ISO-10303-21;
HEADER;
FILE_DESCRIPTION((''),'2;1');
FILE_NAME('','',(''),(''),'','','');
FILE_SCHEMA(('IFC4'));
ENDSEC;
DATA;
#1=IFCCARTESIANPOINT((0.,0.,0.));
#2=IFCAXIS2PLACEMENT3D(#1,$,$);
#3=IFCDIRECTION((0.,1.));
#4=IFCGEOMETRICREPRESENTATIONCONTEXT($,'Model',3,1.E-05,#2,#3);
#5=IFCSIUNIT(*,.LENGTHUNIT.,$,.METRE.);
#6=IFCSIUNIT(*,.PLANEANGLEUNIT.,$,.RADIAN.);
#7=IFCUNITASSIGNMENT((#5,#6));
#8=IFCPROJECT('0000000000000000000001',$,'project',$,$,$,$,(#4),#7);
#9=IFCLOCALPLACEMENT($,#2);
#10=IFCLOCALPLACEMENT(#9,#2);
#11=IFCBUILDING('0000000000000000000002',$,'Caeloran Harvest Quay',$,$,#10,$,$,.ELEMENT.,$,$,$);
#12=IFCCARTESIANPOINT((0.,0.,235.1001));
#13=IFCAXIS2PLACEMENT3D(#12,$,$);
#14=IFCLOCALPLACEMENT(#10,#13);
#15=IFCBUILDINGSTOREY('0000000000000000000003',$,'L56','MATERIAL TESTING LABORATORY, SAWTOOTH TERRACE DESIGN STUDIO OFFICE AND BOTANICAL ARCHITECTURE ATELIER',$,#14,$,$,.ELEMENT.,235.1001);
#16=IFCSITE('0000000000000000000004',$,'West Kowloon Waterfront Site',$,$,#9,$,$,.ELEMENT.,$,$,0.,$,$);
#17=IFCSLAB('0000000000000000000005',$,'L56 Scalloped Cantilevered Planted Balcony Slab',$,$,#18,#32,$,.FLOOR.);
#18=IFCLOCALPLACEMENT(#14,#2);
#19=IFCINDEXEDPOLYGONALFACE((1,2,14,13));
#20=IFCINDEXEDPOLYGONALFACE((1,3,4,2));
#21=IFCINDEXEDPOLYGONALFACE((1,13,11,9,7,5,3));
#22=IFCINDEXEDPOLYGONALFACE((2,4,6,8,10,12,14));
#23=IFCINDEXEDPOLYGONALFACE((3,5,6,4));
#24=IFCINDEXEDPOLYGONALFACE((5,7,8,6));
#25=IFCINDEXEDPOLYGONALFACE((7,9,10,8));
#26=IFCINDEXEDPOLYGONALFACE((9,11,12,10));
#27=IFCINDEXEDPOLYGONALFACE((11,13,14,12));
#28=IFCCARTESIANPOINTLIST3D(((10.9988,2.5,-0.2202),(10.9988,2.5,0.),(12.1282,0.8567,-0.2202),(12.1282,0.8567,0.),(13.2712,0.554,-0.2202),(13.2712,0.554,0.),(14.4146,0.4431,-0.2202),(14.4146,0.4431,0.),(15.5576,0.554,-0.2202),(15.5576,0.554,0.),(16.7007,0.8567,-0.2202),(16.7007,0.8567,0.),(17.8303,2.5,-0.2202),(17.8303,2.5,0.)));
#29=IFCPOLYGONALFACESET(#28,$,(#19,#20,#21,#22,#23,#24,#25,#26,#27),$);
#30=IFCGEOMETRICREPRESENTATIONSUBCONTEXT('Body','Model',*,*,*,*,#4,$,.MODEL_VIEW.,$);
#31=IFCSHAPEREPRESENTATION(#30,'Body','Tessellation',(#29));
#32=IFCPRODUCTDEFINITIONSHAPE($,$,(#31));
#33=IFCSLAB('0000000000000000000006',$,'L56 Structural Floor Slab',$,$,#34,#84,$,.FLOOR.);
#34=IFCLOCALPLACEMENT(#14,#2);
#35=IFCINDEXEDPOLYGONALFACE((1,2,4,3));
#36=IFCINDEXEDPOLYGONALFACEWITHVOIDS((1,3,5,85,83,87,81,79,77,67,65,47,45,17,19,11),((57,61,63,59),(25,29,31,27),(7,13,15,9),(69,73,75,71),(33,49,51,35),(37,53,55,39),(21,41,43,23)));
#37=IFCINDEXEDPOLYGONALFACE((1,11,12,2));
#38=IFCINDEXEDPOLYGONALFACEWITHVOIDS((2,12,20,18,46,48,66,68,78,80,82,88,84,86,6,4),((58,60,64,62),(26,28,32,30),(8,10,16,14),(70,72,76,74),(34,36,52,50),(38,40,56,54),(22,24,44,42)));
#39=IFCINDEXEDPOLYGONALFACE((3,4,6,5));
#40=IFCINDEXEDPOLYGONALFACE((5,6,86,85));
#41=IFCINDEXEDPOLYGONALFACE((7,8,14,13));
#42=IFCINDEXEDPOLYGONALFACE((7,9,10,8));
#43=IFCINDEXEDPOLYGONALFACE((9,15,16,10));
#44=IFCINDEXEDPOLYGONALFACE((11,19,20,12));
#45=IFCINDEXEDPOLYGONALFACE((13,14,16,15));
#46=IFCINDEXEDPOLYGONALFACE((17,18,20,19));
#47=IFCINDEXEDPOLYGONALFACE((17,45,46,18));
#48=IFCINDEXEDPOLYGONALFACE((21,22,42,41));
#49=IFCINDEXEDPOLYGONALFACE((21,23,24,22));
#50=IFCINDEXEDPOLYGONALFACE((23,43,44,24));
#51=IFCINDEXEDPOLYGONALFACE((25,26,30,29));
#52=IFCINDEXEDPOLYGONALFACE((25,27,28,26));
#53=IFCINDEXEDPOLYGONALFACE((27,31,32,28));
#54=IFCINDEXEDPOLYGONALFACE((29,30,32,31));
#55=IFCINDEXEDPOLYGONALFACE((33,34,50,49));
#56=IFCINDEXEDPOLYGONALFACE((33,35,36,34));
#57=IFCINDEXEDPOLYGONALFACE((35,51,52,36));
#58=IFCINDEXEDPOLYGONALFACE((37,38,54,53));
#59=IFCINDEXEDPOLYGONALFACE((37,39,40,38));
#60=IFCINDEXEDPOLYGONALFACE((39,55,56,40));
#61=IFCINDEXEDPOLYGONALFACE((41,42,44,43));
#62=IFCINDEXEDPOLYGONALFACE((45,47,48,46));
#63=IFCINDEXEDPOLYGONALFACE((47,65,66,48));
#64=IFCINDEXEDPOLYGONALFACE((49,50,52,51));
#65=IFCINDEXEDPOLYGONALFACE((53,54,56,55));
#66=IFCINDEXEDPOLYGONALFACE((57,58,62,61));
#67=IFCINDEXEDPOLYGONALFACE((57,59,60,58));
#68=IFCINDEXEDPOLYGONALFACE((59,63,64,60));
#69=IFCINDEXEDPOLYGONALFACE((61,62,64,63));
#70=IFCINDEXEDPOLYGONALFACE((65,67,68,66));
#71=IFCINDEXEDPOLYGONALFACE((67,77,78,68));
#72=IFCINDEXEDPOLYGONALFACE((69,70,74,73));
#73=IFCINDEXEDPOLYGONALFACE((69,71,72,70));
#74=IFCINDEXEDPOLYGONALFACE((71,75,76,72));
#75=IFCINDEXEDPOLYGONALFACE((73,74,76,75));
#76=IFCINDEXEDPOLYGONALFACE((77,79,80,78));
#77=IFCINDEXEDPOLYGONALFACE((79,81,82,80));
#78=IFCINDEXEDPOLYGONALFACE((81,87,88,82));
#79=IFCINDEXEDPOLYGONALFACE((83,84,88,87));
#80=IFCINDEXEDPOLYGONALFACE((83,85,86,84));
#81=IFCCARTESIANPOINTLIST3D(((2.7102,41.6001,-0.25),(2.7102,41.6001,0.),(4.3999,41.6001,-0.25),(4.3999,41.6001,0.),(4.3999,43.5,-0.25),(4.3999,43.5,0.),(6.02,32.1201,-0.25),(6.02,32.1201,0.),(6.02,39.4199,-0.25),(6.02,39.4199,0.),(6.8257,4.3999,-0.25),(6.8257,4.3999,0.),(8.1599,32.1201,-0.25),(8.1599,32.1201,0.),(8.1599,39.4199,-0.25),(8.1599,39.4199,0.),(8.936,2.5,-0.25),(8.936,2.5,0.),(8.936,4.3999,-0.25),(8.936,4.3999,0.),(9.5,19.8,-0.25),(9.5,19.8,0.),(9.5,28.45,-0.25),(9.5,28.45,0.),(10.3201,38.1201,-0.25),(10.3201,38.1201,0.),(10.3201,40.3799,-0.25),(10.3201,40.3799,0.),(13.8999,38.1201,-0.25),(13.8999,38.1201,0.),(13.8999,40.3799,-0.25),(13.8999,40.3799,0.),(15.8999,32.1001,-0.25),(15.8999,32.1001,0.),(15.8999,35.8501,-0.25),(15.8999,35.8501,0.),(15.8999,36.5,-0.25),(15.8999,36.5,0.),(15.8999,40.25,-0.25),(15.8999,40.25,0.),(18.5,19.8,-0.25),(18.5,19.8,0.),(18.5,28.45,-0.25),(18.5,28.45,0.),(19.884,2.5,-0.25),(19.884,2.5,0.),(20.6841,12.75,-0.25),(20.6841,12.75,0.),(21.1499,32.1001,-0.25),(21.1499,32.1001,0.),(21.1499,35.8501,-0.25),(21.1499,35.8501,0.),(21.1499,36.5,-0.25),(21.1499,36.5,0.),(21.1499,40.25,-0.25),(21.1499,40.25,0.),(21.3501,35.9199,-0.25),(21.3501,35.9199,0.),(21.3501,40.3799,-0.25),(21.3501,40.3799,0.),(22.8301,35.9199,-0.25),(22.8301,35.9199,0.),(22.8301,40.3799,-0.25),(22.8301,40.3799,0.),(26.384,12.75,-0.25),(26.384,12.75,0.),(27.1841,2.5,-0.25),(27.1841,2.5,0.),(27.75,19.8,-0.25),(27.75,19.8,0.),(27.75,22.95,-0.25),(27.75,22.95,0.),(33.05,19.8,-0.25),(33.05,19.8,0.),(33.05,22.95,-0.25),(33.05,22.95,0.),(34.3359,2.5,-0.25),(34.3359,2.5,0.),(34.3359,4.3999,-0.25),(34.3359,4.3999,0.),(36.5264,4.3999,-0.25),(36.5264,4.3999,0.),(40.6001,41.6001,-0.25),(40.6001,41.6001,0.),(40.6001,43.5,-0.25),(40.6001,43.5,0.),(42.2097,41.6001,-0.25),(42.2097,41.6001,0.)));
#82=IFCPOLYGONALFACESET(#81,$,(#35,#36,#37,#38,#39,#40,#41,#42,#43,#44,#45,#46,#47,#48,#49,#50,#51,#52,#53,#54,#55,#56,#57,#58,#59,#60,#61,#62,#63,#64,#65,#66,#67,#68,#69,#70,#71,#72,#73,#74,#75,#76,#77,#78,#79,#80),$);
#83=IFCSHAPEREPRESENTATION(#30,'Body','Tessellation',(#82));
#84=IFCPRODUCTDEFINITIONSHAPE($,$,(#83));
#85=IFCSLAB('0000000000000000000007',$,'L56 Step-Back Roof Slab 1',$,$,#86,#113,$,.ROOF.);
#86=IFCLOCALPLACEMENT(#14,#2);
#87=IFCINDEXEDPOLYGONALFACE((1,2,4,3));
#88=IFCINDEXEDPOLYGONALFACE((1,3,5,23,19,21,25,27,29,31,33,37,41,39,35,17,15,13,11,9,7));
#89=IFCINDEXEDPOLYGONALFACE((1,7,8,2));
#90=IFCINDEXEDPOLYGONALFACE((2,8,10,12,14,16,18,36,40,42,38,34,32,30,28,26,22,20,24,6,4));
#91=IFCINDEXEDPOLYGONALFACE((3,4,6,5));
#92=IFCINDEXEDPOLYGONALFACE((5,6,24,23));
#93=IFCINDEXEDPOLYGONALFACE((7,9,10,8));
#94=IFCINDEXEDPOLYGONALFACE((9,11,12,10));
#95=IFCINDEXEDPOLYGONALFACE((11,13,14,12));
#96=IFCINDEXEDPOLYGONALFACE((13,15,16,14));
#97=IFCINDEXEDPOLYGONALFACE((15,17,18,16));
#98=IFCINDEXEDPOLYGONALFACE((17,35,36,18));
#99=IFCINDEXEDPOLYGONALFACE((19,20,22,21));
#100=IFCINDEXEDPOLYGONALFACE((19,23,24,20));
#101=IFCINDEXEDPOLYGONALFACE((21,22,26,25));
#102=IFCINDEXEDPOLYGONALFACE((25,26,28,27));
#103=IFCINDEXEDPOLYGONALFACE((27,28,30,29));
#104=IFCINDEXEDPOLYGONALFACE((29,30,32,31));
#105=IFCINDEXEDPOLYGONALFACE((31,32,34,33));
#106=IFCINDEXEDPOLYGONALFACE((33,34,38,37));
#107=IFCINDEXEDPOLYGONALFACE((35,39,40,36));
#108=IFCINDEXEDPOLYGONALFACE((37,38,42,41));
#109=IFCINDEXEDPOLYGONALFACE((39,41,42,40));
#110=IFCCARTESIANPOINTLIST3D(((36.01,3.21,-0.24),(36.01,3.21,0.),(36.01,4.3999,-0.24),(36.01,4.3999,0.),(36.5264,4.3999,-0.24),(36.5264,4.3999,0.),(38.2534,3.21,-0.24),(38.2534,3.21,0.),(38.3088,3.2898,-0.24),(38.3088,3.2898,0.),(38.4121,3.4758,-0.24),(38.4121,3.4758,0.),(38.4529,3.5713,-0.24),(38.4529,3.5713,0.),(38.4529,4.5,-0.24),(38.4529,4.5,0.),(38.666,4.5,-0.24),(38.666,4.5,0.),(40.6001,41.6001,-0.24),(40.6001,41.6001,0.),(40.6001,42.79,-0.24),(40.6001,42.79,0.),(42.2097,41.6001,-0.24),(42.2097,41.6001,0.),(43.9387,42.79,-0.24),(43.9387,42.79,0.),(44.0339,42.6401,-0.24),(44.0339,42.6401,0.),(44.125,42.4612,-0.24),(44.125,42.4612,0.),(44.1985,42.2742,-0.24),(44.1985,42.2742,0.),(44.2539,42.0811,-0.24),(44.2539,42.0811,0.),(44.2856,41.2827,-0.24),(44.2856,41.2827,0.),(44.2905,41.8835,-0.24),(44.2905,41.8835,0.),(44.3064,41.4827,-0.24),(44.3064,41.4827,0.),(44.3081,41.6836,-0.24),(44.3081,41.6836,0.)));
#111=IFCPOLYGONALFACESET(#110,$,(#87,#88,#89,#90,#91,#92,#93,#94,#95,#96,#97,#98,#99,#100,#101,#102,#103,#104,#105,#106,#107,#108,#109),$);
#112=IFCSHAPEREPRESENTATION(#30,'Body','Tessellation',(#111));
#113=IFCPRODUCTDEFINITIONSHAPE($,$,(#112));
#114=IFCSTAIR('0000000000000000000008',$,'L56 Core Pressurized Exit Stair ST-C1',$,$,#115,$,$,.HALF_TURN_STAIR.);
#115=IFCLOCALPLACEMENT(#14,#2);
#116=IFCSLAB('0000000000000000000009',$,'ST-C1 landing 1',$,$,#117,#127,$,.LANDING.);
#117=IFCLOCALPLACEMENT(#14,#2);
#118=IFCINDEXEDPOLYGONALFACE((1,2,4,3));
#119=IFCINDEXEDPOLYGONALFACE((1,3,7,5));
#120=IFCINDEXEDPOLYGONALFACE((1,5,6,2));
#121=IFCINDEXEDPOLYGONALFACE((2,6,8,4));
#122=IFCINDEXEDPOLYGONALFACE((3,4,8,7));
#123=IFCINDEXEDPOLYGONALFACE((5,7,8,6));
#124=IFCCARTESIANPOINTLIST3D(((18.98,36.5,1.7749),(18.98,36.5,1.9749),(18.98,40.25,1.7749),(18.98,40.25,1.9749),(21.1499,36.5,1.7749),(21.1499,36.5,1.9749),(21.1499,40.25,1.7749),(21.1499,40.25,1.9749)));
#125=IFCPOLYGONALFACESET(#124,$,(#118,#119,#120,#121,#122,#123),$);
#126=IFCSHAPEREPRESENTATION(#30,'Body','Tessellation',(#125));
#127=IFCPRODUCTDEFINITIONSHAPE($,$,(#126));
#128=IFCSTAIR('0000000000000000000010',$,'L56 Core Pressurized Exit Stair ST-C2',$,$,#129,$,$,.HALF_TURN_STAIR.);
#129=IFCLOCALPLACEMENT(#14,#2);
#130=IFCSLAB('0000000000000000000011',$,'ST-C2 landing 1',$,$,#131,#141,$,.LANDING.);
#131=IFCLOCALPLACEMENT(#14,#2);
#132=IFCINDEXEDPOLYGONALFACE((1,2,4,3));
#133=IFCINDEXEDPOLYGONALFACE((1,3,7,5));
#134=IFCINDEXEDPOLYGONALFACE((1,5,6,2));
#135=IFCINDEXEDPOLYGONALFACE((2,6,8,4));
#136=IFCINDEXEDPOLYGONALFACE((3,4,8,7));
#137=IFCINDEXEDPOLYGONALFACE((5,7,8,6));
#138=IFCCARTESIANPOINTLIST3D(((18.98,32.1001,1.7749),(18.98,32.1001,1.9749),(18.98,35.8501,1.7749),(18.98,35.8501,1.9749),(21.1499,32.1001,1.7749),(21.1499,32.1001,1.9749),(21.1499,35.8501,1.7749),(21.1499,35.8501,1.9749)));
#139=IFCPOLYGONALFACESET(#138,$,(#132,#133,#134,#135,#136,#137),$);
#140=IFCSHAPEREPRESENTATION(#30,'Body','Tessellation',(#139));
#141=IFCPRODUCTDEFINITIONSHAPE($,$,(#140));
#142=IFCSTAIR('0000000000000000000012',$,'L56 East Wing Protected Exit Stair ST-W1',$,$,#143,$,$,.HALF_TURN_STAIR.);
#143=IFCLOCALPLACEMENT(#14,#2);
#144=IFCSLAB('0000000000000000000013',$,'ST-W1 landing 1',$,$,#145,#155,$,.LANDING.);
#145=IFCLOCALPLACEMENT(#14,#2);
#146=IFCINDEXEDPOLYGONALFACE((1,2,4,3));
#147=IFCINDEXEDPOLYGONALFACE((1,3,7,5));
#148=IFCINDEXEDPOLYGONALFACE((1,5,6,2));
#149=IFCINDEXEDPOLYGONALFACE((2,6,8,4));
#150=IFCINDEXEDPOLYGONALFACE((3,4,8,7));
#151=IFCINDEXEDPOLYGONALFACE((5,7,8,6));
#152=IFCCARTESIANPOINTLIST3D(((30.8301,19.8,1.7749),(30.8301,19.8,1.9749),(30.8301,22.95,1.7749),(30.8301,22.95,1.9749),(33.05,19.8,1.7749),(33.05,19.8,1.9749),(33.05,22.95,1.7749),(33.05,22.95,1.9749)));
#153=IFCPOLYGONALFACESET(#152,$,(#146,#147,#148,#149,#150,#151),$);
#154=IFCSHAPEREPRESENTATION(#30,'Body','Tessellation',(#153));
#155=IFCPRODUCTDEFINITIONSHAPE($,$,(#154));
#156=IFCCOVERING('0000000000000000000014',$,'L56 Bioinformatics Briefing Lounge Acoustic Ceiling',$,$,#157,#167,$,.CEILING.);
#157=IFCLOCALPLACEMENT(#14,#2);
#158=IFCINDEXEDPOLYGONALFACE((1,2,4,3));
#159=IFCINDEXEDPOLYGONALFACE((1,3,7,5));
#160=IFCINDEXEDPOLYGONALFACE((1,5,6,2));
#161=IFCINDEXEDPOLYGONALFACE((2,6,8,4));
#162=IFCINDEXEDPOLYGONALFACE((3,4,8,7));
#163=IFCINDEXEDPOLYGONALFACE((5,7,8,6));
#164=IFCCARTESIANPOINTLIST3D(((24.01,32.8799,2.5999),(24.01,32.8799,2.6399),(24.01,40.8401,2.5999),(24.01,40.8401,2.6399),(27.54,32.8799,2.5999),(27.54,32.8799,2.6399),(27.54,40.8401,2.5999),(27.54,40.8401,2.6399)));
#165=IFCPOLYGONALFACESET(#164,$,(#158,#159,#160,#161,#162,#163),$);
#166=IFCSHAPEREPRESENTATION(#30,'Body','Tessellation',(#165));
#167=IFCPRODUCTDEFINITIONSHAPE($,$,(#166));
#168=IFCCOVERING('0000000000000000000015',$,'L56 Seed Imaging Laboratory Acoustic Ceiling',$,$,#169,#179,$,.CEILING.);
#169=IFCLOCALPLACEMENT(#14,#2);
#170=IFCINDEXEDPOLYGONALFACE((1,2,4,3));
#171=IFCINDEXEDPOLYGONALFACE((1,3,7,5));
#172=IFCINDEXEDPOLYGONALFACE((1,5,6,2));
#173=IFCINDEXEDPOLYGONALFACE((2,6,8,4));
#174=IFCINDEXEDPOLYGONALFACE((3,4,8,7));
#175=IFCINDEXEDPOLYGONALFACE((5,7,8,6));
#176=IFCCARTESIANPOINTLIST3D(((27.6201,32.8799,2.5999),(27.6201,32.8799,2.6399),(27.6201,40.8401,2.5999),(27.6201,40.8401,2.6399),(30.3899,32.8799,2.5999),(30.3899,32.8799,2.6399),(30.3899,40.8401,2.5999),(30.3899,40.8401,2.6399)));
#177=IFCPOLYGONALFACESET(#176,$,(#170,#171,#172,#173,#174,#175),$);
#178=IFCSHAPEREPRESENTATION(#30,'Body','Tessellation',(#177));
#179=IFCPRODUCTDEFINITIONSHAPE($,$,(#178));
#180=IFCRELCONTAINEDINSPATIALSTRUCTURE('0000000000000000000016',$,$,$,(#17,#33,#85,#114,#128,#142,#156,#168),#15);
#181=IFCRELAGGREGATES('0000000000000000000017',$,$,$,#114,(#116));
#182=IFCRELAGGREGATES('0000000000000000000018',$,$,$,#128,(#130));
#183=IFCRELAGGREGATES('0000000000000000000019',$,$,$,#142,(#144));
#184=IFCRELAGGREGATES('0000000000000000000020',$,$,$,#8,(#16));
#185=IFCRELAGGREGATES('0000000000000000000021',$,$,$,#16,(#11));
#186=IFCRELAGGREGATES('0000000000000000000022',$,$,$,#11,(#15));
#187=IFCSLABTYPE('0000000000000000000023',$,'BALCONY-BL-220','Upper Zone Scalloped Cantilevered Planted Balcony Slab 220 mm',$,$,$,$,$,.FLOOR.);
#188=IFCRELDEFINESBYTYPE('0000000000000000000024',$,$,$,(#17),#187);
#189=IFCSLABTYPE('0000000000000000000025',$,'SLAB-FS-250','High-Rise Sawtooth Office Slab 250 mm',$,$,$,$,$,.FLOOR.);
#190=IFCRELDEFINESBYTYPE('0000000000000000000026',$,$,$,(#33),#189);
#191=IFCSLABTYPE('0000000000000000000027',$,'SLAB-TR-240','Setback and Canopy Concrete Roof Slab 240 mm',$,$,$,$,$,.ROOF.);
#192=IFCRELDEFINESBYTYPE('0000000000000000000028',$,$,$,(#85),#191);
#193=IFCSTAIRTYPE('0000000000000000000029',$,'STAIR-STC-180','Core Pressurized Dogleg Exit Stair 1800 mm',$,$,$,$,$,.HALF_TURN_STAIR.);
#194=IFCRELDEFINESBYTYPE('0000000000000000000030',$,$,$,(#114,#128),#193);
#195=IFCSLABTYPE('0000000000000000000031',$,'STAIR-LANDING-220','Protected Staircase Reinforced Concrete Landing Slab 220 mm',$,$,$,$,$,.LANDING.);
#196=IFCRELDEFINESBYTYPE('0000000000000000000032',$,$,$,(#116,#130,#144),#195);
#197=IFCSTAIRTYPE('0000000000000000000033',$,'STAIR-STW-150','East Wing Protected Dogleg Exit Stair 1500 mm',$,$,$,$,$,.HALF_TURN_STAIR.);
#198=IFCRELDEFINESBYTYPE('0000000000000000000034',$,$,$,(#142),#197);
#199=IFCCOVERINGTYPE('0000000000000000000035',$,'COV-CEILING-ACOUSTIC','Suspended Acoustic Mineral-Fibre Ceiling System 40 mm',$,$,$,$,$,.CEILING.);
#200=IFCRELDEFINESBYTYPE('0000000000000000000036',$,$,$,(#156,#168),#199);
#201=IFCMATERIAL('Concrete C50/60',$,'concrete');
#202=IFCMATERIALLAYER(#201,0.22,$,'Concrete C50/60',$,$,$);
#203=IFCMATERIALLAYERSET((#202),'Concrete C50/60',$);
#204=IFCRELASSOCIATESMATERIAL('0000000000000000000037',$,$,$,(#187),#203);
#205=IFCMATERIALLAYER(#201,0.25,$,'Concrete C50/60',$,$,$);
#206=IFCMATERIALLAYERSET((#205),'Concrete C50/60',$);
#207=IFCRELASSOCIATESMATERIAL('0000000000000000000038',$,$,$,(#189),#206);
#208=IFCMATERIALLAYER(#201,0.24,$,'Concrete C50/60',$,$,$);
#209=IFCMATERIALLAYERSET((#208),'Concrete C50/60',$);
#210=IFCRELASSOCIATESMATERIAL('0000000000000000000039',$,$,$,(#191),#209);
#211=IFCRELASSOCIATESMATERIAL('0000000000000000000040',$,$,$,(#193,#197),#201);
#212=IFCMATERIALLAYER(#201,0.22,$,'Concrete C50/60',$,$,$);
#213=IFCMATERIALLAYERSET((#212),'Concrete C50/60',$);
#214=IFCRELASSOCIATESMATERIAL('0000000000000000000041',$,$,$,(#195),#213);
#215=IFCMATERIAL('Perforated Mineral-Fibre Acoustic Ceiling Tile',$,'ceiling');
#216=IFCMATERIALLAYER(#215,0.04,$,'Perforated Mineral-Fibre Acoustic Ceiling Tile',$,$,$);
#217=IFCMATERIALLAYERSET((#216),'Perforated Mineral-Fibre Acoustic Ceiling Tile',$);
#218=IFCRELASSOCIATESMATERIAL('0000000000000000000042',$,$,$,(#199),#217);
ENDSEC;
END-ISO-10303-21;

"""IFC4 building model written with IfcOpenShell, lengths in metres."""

from ifc_helpers import new_model, si_unit, direction, frame, origin, place, context, subcontext, project, spatial, polyline, outline, extrude, material, layer, layer_set, type_object, element, aggregate, save


model = new_model("IFC4")

# Units and contexts
model_context = context("Model", 3, precision=1e-05, world=origin(), true_north=direction((0.0, 1.0)))
body_context = subcontext(model_context, "Body", "Model", "MODEL_VIEW")
ifc_project = project(units=[si_unit("LENGTHUNIT", "METRE"), si_unit("PLANEANGLEUNIT", "RADIAN")], contexts=[model_context])

# Site, building, storey
site_placement = place(None, origin())
site = spatial("IfcSite", under=ifc_project, at=site_placement, Name="West Kowloon Waterfront Site", CompositionType="ELEMENT", RefElevation=0.0)
building_placement = place(site_placement, origin())
building = spatial("IfcBuilding", under=site, at=building_placement, Name="Caeloran Harvest Quay", CompositionType="ELEMENT")
storey_placement = place(building_placement, frame((0.0, 0.0, 235.1001)))
storey = spatial("IfcBuildingStorey", under=building, at=storey_placement, Name="L56", Description="MATERIAL TESTING LABORATORY, SAWTOOTH TERRACE DESIGN STUDIO OFFICE AND BOTANICAL ARCHITECTURE ATELIER", CompositionType="ELEMENT", Elevation=235.1001)

# Slabs
ifc_material_1 = material(Name="Concrete C50/60", Category="concrete")
ifc_layer_1 = layer(ifc_material_1, 0.22, Name="Concrete C50/60")
ifc_layer_set_1 = layer_set([ifc_layer_1], Name="Concrete C50/60")
slab_type_1 = type_object("IfcSlabType", Name="BALCONY-BL-220", Description="Upper Zone Scalloped Cantilevered Planted Balcony Slab 220 mm", PredefinedType="FLOOR", material=ifc_layer_set_1)
slab_1_placement = place(storey_placement, frame((0.0, 0.0, -0.2202)))
element("IfcSlab", 1, at=slab_1_placement, inside=storey, type_object=slab_type_1, Name="L56 Scalloped Cantilevered Planted Balcony Slab", PredefinedType="FLOOR", context=body_context, shape_type="SweptSolid", body=[
    extrude(outline(polyline([(16.7007, 0.8567), (15.5576, 0.554), (14.4146, 0.4431), (13.2712, 0.554), (12.1282, 0.8567), (10.9988, 2.5), (17.8303, 2.5), (16.7007, 0.8567)])), origin(), (0.0, 0.0, 1.0), 0.2202),
])
ifc_layer_2 = layer(ifc_material_1, 0.25, Name="Concrete C50/60")
ifc_layer_set_2 = layer_set([ifc_layer_2], Name="Concrete C50/60")
slab_type_2 = type_object("IfcSlabType", Name="SLAB-FS-250", Description="High-Rise Sawtooth Office Slab 250 mm", PredefinedType="FLOOR", material=ifc_layer_set_2)
slab_2_placement = place(storey_placement, frame((0.0, 0.0, -0.25)))
element("IfcSlab", 2, at=slab_2_placement, inside=storey, type_object=slab_type_2, Name="L56 Structural Floor Slab", PredefinedType="FLOOR", context=body_context, shape_type="SweptSolid", body=[
    extrude(outline(polyline([(8.936, 2.5), (19.884, 2.5), (20.6841, 12.75), (26.384, 12.75), (27.1841, 2.5), (34.3359, 2.5), (34.3359, 4.3999), (36.5264, 4.3999), (42.2097, 41.6001), (40.6001, 41.6001), (40.6001, 43.5), (4.3999, 43.5), (4.3999, 41.6001), (2.7102, 41.6001), (6.8257, 4.3999), (8.936, 4.3999), (8.936, 2.5)]), holes=[polyline([(33.05, 19.8), (27.75, 19.8), (27.75, 22.95), (33.05, 22.95), (33.05, 19.8)]), polyline([(18.5, 19.8), (9.5, 19.8), (9.5, 28.45), (18.5, 28.45), (18.5, 19.8)]), polyline([(15.8999, 32.1001), (15.8999, 35.8501), (21.1499, 35.8501), (21.1499, 32.1001), (15.8999, 32.1001)]), polyline([(8.1599, 32.1201), (6.02, 32.1201), (6.02, 39.4199), (8.1599, 39.4199), (8.1599, 32.1201)]), polyline([(22.8301, 35.9199), (21.3501, 35.9199), (21.3501, 40.3799), (22.8301, 40.3799), (22.8301, 35.9199)]), polyline([(15.8999, 36.5), (15.8999, 40.25), (21.1499, 40.25), (21.1499, 36.5), (15.8999, 36.5)]), polyline([(13.8999, 38.1201), (10.3201, 38.1201), (10.3201, 40.3799), (13.8999, 40.3799), (13.8999, 38.1201)])]), origin(), (0.0, 0.0, 1.0), 0.25),
])
ifc_layer_3 = layer(ifc_material_1, 0.24, Name="Concrete C50/60")
ifc_layer_set_3 = layer_set([ifc_layer_3], Name="Concrete C50/60")
slab_type_3 = type_object("IfcSlabType", Name="SLAB-TR-240", Description="Setback and Canopy Concrete Roof Slab 240 mm", PredefinedType="ROOF", material=ifc_layer_set_3)
slab_3_placement = place(storey_placement, frame((0.0, 0.0, -0.24)))
element("IfcSlab", 3, at=slab_3_placement, inside=storey, type_object=slab_type_3, Name="L56 Step-Back Roof Slab 1", PredefinedType="ROOF", context=body_context, shape_type="SweptSolid", body=[
    extrude(outline(polyline([(44.1985, 42.2742), (44.2539, 42.0811), (44.2905, 41.8835), (44.3081, 41.6836), (44.3064, 41.4827), (44.2856, 41.2827), (38.666, 4.5), (38.4529, 4.5), (38.4529, 3.5713), (38.4121, 3.4758), (38.3088, 3.2898), (38.2534, 3.21), (36.01, 3.21), (36.01, 4.3999), (36.5264, 4.3999), (42.2097, 41.6001), (40.6001, 41.6001), (40.6001, 42.79), (43.9387, 42.79), (44.0339, 42.6401), (44.125, 42.4612), (44.1985, 42.2742)])), origin(), (0.0, 0.0, 1.0), 0.24),
])

# Stairs, slabs
stair_type_1 = type_object("IfcStairType", Name="STAIR-STC-180", Description="Core Pressurized Dogleg Exit Stair 1800 mm", PredefinedType="HALF_TURN_STAIR", material=ifc_material_1)
stair_1_placement = place(storey_placement, origin())
stair_1 = element("IfcStair", 4, at=stair_1_placement, inside=storey, type_object=stair_type_1, Name="L56 Core Pressurized Exit Stair ST-C1", PredefinedType="HALF_TURN_STAIR")
ifc_layer_4 = layer(ifc_material_1, 0.22, Name="Concrete C50/60")
ifc_layer_set_4 = layer_set([ifc_layer_4], Name="Concrete C50/60")
slab_type_4 = type_object("IfcSlabType", Name="STAIR-LANDING-220", Description="Protected Staircase Reinforced Concrete Landing Slab 220 mm", PredefinedType="LANDING", material=ifc_layer_set_4)
slab_4_placement = place(storey_placement, frame((0.0, 0.0, 1.7749)))
slab_4 = element("IfcSlab", 5, at=slab_4_placement, type_object=slab_type_4, Name="ST-C1 landing 1", PredefinedType="LANDING", context=body_context, shape_type="SweptSolid", body=[
    extrude(outline(polyline([(18.98, 36.5), (21.1499, 36.5), (21.1499, 40.25), (18.98, 40.25), (18.98, 36.5)])), origin(), (0.0, 0.0, 1.0), 0.2),
])
aggregate(stair_1, [slab_4])
stair_2_placement = place(storey_placement, origin())
stair_2 = element("IfcStair", 6, at=stair_2_placement, inside=storey, type_object=stair_type_1, Name="L56 Core Pressurized Exit Stair ST-C2", PredefinedType="HALF_TURN_STAIR")
slab_5_placement = place(storey_placement, frame((0.0, 0.0, 1.7749)))
slab_5 = element("IfcSlab", 7, at=slab_5_placement, type_object=slab_type_4, Name="ST-C2 landing 1", PredefinedType="LANDING", context=body_context, shape_type="SweptSolid", body=[
    extrude(outline(polyline([(18.98, 32.1001), (21.1499, 32.1001), (21.1499, 35.8501), (18.98, 35.8501), (18.98, 32.1001)])), origin(), (0.0, 0.0, 1.0), 0.2),
])
aggregate(stair_2, [slab_5])
stair_type_2 = type_object("IfcStairType", Name="STAIR-STW-150", Description="East Wing Protected Dogleg Exit Stair 1500 mm", PredefinedType="HALF_TURN_STAIR", material=ifc_material_1)
stair_3_placement = place(storey_placement, origin())
stair_3 = element("IfcStair", 8, at=stair_3_placement, inside=storey, type_object=stair_type_2, Name="L56 East Wing Protected Exit Stair ST-W1", PredefinedType="HALF_TURN_STAIR")
slab_6_placement = place(storey_placement, frame((0.0, 0.0, 1.7749)))
slab_6 = element("IfcSlab", 9, at=slab_6_placement, type_object=slab_type_4, Name="ST-W1 landing 1", PredefinedType="LANDING", context=body_context, shape_type="SweptSolid", body=[
    extrude(outline(polyline([(30.8301, 19.8), (33.05, 19.8), (33.05, 22.95), (30.8301, 22.95), (30.8301, 19.8)])), origin(), (0.0, 0.0, 1.0), 0.2),
])
aggregate(stair_3, [slab_6])

# Coverings
ifc_material_2 = material(Name="Perforated Mineral-Fibre Acoustic Ceiling Tile", Category="ceiling")
ifc_layer_5 = layer(ifc_material_2, 0.04, Name="Perforated Mineral-Fibre Acoustic Ceiling Tile")
ifc_layer_set_5 = layer_set([ifc_layer_5], Name="Perforated Mineral-Fibre Acoustic Ceiling Tile")
covering_type_1 = type_object("IfcCoveringType", Name="COV-CEILING-ACOUSTIC", Description="Suspended Acoustic Mineral-Fibre Ceiling System 40 mm", PredefinedType="CEILING", material=ifc_layer_set_5)
covering_1_placement = place(storey_placement, frame((0.0, 0.0, 2.5999)))
element("IfcCovering", 10, at=covering_1_placement, inside=storey, type_object=covering_type_1, Name="L56 Bioinformatics Briefing Lounge Acoustic Ceiling", PredefinedType="CEILING", context=body_context, shape_type="SweptSolid", body=[
    extrude(outline(polyline([(27.54, 40.8401), (27.54, 32.8799), (24.01, 32.8799), (24.01, 40.8401), (27.54, 40.8401)])), origin(), (0.0, 0.0, 1.0), 0.04),
])
covering_2_placement = place(storey_placement, frame((0.0, 0.0, 2.5999)))
element("IfcCovering", 11, at=covering_2_placement, inside=storey, type_object=covering_type_1, Name="L56 Seed Imaging Laboratory Acoustic Ceiling", PredefinedType="CEILING", context=body_context, shape_type="SweptSolid", body=[
    extrude(outline(polyline([(30.3899, 40.8401), (30.3899, 32.8799), (27.6201, 32.8799), (27.6201, 40.8401), (30.3899, 40.8401)])), origin(), (0.0, 0.0, 1.0), 0.04),
])

save(model, "model.ifc")
